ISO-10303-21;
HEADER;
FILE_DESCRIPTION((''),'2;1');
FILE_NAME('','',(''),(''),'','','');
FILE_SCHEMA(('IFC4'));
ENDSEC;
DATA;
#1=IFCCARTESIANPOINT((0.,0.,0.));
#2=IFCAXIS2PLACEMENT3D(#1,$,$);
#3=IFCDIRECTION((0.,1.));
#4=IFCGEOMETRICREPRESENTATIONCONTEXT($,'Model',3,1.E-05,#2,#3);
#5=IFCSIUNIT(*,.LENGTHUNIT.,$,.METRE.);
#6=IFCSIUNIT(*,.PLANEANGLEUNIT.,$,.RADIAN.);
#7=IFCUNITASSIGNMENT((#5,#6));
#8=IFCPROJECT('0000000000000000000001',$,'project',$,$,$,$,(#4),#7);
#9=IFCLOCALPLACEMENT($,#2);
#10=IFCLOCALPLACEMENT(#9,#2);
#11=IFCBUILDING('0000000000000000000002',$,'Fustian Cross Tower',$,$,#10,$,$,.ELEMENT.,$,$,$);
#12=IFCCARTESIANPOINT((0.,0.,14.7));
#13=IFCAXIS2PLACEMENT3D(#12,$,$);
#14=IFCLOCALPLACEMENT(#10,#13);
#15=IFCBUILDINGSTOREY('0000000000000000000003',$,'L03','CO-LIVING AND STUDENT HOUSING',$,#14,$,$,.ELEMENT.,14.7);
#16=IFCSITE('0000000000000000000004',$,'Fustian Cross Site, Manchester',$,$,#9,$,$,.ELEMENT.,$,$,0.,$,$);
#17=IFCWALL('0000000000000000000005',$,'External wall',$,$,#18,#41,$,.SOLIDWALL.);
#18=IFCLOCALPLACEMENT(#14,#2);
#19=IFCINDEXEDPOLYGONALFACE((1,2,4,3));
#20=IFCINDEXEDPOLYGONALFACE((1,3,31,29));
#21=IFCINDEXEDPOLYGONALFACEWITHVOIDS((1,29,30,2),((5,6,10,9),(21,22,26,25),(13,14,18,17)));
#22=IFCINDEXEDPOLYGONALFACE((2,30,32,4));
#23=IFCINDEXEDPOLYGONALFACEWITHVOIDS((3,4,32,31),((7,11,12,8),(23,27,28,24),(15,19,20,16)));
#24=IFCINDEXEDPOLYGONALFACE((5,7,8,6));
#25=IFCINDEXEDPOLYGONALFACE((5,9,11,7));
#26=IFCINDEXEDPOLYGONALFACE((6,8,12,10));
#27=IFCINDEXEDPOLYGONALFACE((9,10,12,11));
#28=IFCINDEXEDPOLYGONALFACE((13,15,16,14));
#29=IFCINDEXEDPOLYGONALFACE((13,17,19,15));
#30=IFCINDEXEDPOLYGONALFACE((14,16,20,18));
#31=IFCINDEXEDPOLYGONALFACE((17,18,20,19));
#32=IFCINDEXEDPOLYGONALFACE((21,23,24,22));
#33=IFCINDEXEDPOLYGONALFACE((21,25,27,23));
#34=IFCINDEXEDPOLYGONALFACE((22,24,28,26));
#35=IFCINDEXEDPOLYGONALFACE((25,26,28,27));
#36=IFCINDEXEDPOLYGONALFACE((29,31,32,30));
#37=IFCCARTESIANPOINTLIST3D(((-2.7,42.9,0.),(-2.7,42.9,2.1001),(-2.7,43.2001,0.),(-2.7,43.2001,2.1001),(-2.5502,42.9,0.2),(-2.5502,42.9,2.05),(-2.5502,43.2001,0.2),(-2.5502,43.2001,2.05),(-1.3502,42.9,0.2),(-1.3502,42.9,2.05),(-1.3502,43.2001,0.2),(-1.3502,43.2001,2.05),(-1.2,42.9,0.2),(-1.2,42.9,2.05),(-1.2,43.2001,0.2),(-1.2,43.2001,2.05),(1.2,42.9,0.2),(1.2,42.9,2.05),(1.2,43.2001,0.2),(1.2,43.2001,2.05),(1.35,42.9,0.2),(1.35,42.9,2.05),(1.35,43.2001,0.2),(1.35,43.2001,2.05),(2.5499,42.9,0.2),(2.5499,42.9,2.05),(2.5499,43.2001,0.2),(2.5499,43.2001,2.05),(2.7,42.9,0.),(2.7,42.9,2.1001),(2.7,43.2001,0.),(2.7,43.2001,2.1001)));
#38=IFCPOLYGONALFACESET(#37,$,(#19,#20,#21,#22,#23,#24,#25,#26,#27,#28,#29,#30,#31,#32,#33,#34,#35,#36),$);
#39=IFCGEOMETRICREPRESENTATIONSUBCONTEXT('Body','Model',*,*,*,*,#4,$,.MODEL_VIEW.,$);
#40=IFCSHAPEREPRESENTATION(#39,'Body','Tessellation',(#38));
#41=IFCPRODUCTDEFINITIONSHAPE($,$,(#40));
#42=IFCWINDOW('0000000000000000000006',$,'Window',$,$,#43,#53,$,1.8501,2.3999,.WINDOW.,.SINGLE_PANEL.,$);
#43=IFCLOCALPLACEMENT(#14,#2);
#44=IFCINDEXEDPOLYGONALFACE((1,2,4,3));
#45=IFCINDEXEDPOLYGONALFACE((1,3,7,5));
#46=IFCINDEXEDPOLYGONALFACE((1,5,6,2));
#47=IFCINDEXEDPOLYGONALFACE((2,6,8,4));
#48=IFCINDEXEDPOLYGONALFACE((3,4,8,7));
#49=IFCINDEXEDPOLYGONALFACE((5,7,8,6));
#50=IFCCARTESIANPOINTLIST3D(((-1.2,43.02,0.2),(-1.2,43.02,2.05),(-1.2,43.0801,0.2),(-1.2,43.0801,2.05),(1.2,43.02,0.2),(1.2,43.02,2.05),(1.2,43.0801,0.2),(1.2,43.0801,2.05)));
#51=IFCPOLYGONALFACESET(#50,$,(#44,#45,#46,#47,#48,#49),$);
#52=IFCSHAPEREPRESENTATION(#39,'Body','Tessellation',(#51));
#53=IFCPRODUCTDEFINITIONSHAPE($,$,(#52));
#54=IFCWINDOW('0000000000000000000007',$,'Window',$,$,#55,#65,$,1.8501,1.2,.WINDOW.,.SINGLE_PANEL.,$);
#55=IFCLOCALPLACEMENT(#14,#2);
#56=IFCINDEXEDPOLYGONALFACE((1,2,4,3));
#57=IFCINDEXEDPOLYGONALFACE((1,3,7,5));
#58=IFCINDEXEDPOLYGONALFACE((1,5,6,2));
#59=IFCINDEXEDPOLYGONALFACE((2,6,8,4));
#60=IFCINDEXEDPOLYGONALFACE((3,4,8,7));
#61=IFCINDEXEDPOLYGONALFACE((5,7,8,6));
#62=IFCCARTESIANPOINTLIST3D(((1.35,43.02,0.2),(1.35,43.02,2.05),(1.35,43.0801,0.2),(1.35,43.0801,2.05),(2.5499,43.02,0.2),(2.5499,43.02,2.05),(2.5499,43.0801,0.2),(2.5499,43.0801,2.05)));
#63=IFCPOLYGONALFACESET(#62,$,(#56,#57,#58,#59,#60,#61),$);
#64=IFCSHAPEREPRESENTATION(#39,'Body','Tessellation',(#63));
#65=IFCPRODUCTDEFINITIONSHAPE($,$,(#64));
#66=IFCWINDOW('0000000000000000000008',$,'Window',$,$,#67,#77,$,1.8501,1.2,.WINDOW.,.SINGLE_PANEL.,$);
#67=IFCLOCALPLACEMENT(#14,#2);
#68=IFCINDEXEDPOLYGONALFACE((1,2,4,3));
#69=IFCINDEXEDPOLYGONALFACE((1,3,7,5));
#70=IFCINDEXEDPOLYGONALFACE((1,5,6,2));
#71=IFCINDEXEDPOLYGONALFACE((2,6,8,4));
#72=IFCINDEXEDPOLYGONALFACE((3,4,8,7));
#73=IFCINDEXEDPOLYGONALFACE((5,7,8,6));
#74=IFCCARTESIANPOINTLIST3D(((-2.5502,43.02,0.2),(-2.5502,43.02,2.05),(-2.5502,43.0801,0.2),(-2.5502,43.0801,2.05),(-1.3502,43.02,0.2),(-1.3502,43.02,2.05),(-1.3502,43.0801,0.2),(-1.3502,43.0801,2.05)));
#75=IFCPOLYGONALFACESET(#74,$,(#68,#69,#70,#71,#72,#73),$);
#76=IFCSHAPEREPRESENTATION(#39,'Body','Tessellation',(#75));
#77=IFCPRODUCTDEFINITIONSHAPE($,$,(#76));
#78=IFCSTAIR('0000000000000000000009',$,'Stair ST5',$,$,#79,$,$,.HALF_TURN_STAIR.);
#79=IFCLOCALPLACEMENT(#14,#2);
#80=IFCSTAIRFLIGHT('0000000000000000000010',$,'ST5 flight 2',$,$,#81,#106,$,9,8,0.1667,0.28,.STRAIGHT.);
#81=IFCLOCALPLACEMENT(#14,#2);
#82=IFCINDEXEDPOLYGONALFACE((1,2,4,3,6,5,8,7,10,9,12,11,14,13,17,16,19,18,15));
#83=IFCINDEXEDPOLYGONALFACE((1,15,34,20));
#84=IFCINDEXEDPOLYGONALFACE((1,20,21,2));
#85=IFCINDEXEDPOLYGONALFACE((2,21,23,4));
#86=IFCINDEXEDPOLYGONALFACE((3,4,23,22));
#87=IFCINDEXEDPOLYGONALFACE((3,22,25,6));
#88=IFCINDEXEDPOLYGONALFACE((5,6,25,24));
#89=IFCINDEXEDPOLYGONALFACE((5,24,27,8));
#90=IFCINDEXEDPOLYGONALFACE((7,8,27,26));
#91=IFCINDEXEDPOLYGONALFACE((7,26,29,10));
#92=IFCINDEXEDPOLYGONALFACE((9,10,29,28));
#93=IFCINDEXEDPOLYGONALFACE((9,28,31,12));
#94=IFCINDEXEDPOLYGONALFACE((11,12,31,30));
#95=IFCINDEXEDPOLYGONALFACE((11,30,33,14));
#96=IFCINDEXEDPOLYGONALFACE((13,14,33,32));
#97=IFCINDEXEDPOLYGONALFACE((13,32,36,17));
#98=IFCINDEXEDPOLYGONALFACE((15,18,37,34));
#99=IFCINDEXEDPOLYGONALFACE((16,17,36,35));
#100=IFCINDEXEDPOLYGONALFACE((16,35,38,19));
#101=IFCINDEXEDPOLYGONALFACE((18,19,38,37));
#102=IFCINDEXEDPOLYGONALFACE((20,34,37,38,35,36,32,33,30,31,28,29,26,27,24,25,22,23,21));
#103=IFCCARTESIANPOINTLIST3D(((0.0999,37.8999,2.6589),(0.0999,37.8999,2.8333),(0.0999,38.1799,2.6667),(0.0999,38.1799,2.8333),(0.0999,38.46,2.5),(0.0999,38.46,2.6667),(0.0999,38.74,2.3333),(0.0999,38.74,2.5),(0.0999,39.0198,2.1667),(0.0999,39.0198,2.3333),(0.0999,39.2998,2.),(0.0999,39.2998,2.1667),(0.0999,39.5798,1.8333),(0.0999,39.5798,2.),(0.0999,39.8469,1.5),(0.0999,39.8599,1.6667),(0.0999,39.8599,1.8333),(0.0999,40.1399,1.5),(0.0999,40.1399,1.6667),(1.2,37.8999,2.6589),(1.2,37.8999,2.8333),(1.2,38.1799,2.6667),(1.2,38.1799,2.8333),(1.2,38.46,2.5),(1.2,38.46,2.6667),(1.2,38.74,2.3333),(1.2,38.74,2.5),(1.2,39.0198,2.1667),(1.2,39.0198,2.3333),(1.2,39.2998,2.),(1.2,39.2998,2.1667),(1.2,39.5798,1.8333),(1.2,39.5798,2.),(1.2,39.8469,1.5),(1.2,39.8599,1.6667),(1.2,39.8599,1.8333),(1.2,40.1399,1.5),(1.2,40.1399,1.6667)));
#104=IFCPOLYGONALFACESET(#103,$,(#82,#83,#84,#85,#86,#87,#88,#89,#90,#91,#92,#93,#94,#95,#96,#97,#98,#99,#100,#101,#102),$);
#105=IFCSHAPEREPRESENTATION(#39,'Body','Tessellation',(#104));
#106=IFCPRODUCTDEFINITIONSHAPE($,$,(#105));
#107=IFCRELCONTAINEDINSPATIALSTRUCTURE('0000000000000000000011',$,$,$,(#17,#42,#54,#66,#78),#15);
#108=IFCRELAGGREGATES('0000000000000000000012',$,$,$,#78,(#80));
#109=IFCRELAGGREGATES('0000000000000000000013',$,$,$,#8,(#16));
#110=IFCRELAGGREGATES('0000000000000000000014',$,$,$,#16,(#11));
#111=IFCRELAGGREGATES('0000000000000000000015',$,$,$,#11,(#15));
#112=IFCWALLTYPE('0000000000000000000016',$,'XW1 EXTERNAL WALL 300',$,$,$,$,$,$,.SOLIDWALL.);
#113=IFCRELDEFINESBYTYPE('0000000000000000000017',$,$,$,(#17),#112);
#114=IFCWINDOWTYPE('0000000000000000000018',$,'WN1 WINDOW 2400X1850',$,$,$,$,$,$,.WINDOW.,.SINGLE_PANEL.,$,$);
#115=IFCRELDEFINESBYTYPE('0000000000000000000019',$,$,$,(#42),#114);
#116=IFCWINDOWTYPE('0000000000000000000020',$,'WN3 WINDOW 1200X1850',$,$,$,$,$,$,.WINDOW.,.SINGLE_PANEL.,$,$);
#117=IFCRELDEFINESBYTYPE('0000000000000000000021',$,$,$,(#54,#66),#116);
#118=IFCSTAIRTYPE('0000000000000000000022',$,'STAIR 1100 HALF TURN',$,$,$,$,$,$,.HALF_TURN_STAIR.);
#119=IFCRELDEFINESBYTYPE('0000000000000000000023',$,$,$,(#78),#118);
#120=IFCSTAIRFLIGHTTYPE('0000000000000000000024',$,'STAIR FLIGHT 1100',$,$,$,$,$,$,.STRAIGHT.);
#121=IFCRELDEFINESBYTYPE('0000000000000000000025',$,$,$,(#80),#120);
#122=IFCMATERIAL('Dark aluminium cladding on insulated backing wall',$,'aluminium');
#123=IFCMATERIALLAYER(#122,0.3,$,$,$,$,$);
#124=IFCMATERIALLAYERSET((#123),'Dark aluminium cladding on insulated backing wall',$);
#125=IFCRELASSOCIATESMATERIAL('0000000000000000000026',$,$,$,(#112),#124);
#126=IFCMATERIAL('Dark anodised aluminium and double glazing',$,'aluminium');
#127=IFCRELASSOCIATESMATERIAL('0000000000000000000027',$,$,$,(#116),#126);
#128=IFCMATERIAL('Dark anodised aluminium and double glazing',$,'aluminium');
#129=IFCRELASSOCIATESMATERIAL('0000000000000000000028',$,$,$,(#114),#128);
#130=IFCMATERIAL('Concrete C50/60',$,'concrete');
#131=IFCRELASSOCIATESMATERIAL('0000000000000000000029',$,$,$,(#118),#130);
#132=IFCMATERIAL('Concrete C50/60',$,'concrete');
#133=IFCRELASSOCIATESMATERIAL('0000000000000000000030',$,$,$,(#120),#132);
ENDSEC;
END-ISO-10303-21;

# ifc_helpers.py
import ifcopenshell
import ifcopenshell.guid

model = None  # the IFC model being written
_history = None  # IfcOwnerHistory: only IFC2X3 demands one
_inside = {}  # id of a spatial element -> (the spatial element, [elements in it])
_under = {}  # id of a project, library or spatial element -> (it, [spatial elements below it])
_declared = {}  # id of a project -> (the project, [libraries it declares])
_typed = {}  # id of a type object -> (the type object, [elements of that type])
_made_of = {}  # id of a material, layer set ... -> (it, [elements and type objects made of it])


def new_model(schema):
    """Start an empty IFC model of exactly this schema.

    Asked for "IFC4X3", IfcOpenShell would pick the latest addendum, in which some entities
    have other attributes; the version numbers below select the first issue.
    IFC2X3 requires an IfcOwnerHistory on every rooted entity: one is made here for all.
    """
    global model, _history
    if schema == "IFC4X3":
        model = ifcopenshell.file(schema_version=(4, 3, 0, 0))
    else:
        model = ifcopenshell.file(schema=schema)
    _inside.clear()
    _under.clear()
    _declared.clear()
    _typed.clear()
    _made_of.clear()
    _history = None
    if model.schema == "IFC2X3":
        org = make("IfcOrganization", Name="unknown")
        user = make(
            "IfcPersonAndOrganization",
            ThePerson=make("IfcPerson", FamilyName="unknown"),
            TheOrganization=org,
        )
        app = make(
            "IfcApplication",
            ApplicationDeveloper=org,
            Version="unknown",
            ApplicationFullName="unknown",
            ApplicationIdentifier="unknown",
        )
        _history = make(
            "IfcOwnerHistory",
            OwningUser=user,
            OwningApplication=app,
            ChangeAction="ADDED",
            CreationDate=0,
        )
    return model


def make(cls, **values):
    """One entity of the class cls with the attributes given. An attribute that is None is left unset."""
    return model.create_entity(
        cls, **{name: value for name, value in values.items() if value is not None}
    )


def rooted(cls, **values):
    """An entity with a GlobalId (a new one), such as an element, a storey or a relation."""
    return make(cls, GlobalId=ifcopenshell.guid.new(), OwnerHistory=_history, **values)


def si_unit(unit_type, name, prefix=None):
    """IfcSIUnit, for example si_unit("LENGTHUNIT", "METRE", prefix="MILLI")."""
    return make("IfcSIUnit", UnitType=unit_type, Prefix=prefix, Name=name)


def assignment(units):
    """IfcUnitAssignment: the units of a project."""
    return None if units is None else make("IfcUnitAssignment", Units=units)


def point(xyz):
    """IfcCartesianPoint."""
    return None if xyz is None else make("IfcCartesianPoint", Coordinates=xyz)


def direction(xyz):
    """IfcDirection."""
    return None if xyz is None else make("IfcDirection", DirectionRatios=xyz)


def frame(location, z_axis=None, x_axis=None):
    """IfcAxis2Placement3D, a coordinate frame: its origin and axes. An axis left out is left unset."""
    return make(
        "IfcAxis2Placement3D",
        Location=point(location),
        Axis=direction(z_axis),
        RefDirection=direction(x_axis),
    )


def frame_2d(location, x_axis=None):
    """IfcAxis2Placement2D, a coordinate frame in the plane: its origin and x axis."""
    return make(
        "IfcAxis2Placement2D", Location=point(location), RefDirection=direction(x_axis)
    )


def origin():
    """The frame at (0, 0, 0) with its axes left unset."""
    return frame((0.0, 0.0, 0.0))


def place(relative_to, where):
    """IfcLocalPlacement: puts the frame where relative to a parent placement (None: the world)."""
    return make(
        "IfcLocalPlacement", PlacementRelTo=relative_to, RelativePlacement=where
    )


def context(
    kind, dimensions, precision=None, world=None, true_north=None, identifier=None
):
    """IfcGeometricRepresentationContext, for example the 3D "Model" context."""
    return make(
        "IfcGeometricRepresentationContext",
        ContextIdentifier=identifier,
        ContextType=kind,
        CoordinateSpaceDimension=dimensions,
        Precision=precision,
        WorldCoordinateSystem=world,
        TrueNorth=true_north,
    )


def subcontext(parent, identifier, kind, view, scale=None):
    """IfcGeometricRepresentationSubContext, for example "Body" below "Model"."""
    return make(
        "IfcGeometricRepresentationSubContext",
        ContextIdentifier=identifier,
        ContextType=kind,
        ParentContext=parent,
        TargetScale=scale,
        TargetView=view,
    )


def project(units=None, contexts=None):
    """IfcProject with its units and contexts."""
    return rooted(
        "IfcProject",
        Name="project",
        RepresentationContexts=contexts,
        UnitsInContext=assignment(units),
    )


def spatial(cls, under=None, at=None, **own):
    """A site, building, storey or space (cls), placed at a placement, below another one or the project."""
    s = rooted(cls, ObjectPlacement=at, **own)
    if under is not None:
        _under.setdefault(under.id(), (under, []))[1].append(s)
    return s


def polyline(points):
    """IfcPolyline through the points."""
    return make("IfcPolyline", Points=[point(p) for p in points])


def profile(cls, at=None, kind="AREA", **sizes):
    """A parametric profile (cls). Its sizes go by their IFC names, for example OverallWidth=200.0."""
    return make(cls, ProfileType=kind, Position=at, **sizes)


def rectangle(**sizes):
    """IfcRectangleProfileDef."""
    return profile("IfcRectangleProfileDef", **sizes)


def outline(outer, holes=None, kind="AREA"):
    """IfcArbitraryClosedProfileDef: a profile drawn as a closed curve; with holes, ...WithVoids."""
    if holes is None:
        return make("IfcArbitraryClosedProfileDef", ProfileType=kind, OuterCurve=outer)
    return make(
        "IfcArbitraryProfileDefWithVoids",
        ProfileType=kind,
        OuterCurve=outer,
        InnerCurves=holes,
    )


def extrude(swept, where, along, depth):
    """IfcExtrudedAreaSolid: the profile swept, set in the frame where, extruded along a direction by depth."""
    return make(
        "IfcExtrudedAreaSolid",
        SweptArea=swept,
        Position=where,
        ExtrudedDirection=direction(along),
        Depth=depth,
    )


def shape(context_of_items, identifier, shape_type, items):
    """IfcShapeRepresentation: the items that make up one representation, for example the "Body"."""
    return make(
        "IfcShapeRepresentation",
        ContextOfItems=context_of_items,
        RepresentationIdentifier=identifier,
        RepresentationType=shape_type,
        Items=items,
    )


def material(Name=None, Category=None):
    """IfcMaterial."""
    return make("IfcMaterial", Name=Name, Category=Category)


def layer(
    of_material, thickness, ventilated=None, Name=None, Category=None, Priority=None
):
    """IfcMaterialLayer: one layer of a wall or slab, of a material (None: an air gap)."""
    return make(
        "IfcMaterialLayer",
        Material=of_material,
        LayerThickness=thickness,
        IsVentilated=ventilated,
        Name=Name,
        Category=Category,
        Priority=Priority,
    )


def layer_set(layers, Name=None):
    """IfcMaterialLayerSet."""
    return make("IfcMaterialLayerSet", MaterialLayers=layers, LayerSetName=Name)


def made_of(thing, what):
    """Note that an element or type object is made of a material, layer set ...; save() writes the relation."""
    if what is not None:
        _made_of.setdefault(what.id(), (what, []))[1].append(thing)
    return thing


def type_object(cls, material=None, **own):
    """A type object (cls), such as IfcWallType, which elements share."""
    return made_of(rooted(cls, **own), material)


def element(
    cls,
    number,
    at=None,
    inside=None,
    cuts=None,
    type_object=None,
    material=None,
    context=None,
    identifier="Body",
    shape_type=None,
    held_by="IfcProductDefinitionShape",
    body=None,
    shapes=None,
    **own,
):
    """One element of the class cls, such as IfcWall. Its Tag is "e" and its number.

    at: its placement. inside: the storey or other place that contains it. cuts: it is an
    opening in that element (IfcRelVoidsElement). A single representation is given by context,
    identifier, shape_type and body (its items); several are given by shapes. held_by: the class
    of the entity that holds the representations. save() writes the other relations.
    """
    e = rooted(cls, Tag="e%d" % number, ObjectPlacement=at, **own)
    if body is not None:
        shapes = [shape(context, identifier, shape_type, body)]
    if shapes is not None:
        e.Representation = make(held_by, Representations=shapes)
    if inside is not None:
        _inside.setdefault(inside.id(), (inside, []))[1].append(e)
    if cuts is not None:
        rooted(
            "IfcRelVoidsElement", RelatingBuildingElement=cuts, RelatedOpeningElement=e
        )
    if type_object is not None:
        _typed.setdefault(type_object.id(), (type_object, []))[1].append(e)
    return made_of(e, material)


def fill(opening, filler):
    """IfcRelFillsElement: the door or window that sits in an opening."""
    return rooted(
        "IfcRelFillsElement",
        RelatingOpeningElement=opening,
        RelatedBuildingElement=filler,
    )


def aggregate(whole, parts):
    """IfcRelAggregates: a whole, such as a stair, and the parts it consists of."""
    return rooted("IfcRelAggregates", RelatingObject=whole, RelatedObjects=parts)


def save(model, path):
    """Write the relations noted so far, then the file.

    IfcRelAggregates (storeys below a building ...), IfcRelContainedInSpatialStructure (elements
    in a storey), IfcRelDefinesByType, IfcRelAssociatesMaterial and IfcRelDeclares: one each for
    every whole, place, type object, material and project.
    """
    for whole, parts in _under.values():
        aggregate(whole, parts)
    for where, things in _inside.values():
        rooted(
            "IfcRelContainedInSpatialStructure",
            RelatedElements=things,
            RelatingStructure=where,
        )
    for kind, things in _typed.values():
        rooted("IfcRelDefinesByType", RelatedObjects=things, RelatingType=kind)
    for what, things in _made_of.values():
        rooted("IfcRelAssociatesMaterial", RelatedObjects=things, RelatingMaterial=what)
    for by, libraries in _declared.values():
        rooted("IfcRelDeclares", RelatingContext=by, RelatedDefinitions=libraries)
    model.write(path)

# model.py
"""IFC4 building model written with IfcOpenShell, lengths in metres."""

from ifc_helpers import new_model, si_unit, direction, frame, frame_2d, origin, place, context, subcontext, project, spatial, polyline, rectangle, outline, extrude, material, layer, layer_set, type_object, element, fill, aggregate, save


model = new_model("IFC4")

# Units and contexts
model_context = context("Model", 3, precision=1e-05, world=origin(), true_north=direction((0.0, 1.0)))
body_context = subcontext(model_context, "Body", "Model", "MODEL_VIEW")
ifc_project = project(units=[si_unit("LENGTHUNIT", "METRE"), si_unit("PLANEANGLEUNIT", "RADIAN")], contexts=[model_context])

# Site, building, storey
site_placement = place(None, origin())
site = spatial("IfcSite", under=ifc_project, at=site_placement, Name="Fustian Cross Site, Manchester", CompositionType="ELEMENT", RefElevation=0.0)
building_placement = place(site_placement, origin())
building = spatial("IfcBuilding", under=site, at=building_placement, Name="Fustian Cross Tower", CompositionType="ELEMENT")
storey_placement = place(building_placement, frame((0.0, 0.0, 14.7)))
storey = spatial("IfcBuildingStorey", under=building, at=storey_placement, Name="L03", Description="CO-LIVING AND STUDENT HOUSING", CompositionType="ELEMENT", Elevation=14.7)

# Shared definitions
ifc_material_1 = material(Name="Dark aluminium cladding on insulated backing wall", Category="aluminium")
ifc_layer_1 = layer(ifc_material_1, 0.3)
ifc_layer_set_1 = layer_set([ifc_layer_1], Name="Dark aluminium cladding on insulated backing wall")
wall_type_1 = type_object("IfcWallType", Name="XW1 EXTERNAL WALL 300", PredefinedType="SOLIDWALL", material=ifc_layer_set_1)
ifc_material_2 = material(Name="Dark anodised aluminium and double glazing", Category="aluminium")
window_type_1 = type_object("IfcWindowType", Name="WN3 WINDOW 1200X1850", PartitioningType="SINGLE_PANEL", PredefinedType="WINDOW", material=ifc_material_2)

# Wall, openings, windows
wall_1_placement = place(storey_placement, frame((2.7, 43.05, 0.0), z_axis=(0.0, 0.0, 1.0), x_axis=(-1.0, 0.0, 0.0)))
wall_1 = element("IfcWall", 1, at=wall_1_placement, inside=storey, type_object=wall_type_1, Name="External wall", PredefinedType="SOLIDWALL", context=body_context, shape_type="SweptSolid", body=[
    extrude(rectangle(XDim=5.3999, YDim=0.3, at=frame_2d((2.7, 0.0))), origin(), (0.0, 0.0, 1.0), 2.1001),
])
opening_1_placement = place(wall_1_placement, frame((1.5, 0.0, 0.2)))
opening_1 = element("IfcOpeningElement", 2, at=opening_1_placement, cuts=wall_1, PredefinedType="OPENING", context=body_context, shape_type="SweptSolid", body=[
    extrude(rectangle(XDim=2.3999, YDim=1.8501, at=frame_2d((1.2, 0.925))), frame((0.0, 0.1599, 0.0), z_axis=(0.0, -1.0, 0.0), x_axis=(1.0, 0.0, 0.0)), (0.0, 0.0, 1.0), 0.3201),
])
opening_2_placement = place(wall_1_placement, frame((0.1499, 0.0, 0.2)))
opening_2 = element("IfcOpeningElement", 3, at=opening_2_placement, cuts=wall_1, PredefinedType="OPENING", context=body_context, shape_type="SweptSolid", body=[
    extrude(rectangle(XDim=1.2, YDim=1.8501, at=frame_2d((0.6001, 0.925))), frame((0.0, 0.1599, 0.0), z_axis=(0.0, -1.0, 0.0), x_axis=(1.0, 0.0, 0.0)), (0.0, 0.0, 1.0), 0.3201),
])
opening_3_placement = place(wall_1_placement, frame((4.05, 0.0, 0.2)))
opening_3 = element("IfcOpeningElement", 4, at=opening_3_placement, cuts=wall_1, PredefinedType="OPENING", context=body_context, shape_type="SweptSolid", body=[
    extrude(rectangle(XDim=1.2, YDim=1.8501, at=frame_2d((0.6001, 0.925))), frame((0.0, 0.1599, 0.0), z_axis=(0.0, -1.0, 0.0), x_axis=(1.0, 0.0, 0.0)), (0.0, 0.0, 1.0), 0.3201),
])
ifc_material_3 = material(Name="Dark anodised aluminium and double glazing", Category="aluminium")
window_type_2 = type_object("IfcWindowType", Name="WN1 WINDOW 2400X1850", PartitioningType="SINGLE_PANEL", PredefinedType="WINDOW", material=ifc_material_3)
window_1_placement = place(opening_1_placement, origin())
window_1 = element("IfcWindow", 5, at=window_1_placement, inside=storey, type_object=window_type_2, Name="Window", OverallHeight=1.8501, OverallWidth=2.3999, PartitioningType="SINGLE_PANEL", PredefinedType="WINDOW", context=body_context, shape_type="SweptSolid", body=[
    extrude(rectangle(XDim=2.3999, YDim=1.8501, at=frame_2d((1.2, 0.925))), frame((0.0, 0.03, 0.0), z_axis=(0.0, -1.0, 0.0), x_axis=(1.0, 0.0, 0.0)), (0.0, 0.0, 1.0), 0.0601),
])
fill(opening_1, window_1)
window_2_placement = place(opening_2_placement, origin())
window_2 = element("IfcWindow", 6, at=window_2_placement, inside=storey, type_object=window_type_1, Name="Window", OverallHeight=1.8501, OverallWidth=1.2, PartitioningType="SINGLE_PANEL", PredefinedType="WINDOW", context=body_context, shape_type="SweptSolid", body=[
    extrude(rectangle(XDim=1.2, YDim=1.8501, at=frame_2d((0.6001, 0.925))), frame((0.0, 0.03, 0.0), z_axis=(0.0, -1.0, 0.0), x_axis=(1.0, 0.0, 0.0)), (0.0, 0.0, 1.0), 0.0601),
])
fill(opening_2, window_2)
window_3_placement = place(opening_3_placement, origin())
window_3 = element("IfcWindow", 7, at=window_3_placement, inside=storey, type_object=window_type_1, Name="Window", OverallHeight=1.8501, OverallWidth=1.2, PartitioningType="SINGLE_PANEL", PredefinedType="WINDOW", context=body_context, shape_type="SweptSolid", body=[
    extrude(rectangle(XDim=1.2, YDim=1.8501, at=frame_2d((0.6001, 0.925))), frame((0.0, 0.03, 0.0), z_axis=(0.0, -1.0, 0.0), x_axis=(1.0, 0.0, 0.0)), (0.0, 0.0, 1.0), 0.0601),
])
fill(opening_3, window_3)

# Stair, stair flight
ifc_material_4 = material(Name="Concrete C50/60", Category="concrete")
stair_type = type_object("IfcStairType", Name="STAIR 1100 HALF TURN", PredefinedType="HALF_TURN_STAIR", material=ifc_material_4)
stair_placement = place(storey_placement, origin())
stair = element("IfcStair", 8, at=stair_placement, inside=storey, type_object=stair_type, Name="Stair ST5", PredefinedType="HALF_TURN_STAIR")
ifc_material_5 = material(Name="Concrete C50/60", Category="concrete")
stair_flight_type = type_object("IfcStairFlightType", Name="STAIR FLIGHT 1100", PredefinedType="STRAIGHT", material=ifc_material_5)
stair_flight_placement = place(storey_placement, frame((0.6499, 40.1399, 1.5), z_axis=(0.0, 0.0, 1.0), x_axis=(0.0, -1.0, 0.0)))
stair_flight = element("IfcStairFlight", 9, at=stair_flight_placement, type_object=stair_flight_type, Name="ST5 flight 2", NumberOfRisers=9, NumberOfTreads=8, PredefinedType="STRAIGHT", RiserHeight=0.1667, TreadLength=0.28, context=body_context, shape_type="SweptSolid", body=[
    extrude(outline(polyline([(0.0, 0.0), (0.0, 0.1667), (0.28, 0.1667), (0.28, 0.3333), (0.5601, 0.3333), (0.5601, 0.5), (0.8401, 0.5), (0.8401, 0.6667), (1.1201, 0.6667), (1.1201, 0.8333), (1.3999, 0.8333), (1.3999, 1.0), (1.6799, 1.0), (1.6799, 1.1667), (1.96, 1.1667), (1.96, 1.3333), (2.24, 1.3333), (2.24, 1.5), (2.24, 1.1589), (0.293, 0.0), (0.0, 0.0)])), frame((0.0, 0.55, 0.0), z_axis=(0.0, -1.0, 0.0), x_axis=(1.0, 0.0, 0.0)), (0.0, 0.0, 1.0), 1.1001),
])
aggregate(stair, [stair_flight])

save(model, "model.ifc")
